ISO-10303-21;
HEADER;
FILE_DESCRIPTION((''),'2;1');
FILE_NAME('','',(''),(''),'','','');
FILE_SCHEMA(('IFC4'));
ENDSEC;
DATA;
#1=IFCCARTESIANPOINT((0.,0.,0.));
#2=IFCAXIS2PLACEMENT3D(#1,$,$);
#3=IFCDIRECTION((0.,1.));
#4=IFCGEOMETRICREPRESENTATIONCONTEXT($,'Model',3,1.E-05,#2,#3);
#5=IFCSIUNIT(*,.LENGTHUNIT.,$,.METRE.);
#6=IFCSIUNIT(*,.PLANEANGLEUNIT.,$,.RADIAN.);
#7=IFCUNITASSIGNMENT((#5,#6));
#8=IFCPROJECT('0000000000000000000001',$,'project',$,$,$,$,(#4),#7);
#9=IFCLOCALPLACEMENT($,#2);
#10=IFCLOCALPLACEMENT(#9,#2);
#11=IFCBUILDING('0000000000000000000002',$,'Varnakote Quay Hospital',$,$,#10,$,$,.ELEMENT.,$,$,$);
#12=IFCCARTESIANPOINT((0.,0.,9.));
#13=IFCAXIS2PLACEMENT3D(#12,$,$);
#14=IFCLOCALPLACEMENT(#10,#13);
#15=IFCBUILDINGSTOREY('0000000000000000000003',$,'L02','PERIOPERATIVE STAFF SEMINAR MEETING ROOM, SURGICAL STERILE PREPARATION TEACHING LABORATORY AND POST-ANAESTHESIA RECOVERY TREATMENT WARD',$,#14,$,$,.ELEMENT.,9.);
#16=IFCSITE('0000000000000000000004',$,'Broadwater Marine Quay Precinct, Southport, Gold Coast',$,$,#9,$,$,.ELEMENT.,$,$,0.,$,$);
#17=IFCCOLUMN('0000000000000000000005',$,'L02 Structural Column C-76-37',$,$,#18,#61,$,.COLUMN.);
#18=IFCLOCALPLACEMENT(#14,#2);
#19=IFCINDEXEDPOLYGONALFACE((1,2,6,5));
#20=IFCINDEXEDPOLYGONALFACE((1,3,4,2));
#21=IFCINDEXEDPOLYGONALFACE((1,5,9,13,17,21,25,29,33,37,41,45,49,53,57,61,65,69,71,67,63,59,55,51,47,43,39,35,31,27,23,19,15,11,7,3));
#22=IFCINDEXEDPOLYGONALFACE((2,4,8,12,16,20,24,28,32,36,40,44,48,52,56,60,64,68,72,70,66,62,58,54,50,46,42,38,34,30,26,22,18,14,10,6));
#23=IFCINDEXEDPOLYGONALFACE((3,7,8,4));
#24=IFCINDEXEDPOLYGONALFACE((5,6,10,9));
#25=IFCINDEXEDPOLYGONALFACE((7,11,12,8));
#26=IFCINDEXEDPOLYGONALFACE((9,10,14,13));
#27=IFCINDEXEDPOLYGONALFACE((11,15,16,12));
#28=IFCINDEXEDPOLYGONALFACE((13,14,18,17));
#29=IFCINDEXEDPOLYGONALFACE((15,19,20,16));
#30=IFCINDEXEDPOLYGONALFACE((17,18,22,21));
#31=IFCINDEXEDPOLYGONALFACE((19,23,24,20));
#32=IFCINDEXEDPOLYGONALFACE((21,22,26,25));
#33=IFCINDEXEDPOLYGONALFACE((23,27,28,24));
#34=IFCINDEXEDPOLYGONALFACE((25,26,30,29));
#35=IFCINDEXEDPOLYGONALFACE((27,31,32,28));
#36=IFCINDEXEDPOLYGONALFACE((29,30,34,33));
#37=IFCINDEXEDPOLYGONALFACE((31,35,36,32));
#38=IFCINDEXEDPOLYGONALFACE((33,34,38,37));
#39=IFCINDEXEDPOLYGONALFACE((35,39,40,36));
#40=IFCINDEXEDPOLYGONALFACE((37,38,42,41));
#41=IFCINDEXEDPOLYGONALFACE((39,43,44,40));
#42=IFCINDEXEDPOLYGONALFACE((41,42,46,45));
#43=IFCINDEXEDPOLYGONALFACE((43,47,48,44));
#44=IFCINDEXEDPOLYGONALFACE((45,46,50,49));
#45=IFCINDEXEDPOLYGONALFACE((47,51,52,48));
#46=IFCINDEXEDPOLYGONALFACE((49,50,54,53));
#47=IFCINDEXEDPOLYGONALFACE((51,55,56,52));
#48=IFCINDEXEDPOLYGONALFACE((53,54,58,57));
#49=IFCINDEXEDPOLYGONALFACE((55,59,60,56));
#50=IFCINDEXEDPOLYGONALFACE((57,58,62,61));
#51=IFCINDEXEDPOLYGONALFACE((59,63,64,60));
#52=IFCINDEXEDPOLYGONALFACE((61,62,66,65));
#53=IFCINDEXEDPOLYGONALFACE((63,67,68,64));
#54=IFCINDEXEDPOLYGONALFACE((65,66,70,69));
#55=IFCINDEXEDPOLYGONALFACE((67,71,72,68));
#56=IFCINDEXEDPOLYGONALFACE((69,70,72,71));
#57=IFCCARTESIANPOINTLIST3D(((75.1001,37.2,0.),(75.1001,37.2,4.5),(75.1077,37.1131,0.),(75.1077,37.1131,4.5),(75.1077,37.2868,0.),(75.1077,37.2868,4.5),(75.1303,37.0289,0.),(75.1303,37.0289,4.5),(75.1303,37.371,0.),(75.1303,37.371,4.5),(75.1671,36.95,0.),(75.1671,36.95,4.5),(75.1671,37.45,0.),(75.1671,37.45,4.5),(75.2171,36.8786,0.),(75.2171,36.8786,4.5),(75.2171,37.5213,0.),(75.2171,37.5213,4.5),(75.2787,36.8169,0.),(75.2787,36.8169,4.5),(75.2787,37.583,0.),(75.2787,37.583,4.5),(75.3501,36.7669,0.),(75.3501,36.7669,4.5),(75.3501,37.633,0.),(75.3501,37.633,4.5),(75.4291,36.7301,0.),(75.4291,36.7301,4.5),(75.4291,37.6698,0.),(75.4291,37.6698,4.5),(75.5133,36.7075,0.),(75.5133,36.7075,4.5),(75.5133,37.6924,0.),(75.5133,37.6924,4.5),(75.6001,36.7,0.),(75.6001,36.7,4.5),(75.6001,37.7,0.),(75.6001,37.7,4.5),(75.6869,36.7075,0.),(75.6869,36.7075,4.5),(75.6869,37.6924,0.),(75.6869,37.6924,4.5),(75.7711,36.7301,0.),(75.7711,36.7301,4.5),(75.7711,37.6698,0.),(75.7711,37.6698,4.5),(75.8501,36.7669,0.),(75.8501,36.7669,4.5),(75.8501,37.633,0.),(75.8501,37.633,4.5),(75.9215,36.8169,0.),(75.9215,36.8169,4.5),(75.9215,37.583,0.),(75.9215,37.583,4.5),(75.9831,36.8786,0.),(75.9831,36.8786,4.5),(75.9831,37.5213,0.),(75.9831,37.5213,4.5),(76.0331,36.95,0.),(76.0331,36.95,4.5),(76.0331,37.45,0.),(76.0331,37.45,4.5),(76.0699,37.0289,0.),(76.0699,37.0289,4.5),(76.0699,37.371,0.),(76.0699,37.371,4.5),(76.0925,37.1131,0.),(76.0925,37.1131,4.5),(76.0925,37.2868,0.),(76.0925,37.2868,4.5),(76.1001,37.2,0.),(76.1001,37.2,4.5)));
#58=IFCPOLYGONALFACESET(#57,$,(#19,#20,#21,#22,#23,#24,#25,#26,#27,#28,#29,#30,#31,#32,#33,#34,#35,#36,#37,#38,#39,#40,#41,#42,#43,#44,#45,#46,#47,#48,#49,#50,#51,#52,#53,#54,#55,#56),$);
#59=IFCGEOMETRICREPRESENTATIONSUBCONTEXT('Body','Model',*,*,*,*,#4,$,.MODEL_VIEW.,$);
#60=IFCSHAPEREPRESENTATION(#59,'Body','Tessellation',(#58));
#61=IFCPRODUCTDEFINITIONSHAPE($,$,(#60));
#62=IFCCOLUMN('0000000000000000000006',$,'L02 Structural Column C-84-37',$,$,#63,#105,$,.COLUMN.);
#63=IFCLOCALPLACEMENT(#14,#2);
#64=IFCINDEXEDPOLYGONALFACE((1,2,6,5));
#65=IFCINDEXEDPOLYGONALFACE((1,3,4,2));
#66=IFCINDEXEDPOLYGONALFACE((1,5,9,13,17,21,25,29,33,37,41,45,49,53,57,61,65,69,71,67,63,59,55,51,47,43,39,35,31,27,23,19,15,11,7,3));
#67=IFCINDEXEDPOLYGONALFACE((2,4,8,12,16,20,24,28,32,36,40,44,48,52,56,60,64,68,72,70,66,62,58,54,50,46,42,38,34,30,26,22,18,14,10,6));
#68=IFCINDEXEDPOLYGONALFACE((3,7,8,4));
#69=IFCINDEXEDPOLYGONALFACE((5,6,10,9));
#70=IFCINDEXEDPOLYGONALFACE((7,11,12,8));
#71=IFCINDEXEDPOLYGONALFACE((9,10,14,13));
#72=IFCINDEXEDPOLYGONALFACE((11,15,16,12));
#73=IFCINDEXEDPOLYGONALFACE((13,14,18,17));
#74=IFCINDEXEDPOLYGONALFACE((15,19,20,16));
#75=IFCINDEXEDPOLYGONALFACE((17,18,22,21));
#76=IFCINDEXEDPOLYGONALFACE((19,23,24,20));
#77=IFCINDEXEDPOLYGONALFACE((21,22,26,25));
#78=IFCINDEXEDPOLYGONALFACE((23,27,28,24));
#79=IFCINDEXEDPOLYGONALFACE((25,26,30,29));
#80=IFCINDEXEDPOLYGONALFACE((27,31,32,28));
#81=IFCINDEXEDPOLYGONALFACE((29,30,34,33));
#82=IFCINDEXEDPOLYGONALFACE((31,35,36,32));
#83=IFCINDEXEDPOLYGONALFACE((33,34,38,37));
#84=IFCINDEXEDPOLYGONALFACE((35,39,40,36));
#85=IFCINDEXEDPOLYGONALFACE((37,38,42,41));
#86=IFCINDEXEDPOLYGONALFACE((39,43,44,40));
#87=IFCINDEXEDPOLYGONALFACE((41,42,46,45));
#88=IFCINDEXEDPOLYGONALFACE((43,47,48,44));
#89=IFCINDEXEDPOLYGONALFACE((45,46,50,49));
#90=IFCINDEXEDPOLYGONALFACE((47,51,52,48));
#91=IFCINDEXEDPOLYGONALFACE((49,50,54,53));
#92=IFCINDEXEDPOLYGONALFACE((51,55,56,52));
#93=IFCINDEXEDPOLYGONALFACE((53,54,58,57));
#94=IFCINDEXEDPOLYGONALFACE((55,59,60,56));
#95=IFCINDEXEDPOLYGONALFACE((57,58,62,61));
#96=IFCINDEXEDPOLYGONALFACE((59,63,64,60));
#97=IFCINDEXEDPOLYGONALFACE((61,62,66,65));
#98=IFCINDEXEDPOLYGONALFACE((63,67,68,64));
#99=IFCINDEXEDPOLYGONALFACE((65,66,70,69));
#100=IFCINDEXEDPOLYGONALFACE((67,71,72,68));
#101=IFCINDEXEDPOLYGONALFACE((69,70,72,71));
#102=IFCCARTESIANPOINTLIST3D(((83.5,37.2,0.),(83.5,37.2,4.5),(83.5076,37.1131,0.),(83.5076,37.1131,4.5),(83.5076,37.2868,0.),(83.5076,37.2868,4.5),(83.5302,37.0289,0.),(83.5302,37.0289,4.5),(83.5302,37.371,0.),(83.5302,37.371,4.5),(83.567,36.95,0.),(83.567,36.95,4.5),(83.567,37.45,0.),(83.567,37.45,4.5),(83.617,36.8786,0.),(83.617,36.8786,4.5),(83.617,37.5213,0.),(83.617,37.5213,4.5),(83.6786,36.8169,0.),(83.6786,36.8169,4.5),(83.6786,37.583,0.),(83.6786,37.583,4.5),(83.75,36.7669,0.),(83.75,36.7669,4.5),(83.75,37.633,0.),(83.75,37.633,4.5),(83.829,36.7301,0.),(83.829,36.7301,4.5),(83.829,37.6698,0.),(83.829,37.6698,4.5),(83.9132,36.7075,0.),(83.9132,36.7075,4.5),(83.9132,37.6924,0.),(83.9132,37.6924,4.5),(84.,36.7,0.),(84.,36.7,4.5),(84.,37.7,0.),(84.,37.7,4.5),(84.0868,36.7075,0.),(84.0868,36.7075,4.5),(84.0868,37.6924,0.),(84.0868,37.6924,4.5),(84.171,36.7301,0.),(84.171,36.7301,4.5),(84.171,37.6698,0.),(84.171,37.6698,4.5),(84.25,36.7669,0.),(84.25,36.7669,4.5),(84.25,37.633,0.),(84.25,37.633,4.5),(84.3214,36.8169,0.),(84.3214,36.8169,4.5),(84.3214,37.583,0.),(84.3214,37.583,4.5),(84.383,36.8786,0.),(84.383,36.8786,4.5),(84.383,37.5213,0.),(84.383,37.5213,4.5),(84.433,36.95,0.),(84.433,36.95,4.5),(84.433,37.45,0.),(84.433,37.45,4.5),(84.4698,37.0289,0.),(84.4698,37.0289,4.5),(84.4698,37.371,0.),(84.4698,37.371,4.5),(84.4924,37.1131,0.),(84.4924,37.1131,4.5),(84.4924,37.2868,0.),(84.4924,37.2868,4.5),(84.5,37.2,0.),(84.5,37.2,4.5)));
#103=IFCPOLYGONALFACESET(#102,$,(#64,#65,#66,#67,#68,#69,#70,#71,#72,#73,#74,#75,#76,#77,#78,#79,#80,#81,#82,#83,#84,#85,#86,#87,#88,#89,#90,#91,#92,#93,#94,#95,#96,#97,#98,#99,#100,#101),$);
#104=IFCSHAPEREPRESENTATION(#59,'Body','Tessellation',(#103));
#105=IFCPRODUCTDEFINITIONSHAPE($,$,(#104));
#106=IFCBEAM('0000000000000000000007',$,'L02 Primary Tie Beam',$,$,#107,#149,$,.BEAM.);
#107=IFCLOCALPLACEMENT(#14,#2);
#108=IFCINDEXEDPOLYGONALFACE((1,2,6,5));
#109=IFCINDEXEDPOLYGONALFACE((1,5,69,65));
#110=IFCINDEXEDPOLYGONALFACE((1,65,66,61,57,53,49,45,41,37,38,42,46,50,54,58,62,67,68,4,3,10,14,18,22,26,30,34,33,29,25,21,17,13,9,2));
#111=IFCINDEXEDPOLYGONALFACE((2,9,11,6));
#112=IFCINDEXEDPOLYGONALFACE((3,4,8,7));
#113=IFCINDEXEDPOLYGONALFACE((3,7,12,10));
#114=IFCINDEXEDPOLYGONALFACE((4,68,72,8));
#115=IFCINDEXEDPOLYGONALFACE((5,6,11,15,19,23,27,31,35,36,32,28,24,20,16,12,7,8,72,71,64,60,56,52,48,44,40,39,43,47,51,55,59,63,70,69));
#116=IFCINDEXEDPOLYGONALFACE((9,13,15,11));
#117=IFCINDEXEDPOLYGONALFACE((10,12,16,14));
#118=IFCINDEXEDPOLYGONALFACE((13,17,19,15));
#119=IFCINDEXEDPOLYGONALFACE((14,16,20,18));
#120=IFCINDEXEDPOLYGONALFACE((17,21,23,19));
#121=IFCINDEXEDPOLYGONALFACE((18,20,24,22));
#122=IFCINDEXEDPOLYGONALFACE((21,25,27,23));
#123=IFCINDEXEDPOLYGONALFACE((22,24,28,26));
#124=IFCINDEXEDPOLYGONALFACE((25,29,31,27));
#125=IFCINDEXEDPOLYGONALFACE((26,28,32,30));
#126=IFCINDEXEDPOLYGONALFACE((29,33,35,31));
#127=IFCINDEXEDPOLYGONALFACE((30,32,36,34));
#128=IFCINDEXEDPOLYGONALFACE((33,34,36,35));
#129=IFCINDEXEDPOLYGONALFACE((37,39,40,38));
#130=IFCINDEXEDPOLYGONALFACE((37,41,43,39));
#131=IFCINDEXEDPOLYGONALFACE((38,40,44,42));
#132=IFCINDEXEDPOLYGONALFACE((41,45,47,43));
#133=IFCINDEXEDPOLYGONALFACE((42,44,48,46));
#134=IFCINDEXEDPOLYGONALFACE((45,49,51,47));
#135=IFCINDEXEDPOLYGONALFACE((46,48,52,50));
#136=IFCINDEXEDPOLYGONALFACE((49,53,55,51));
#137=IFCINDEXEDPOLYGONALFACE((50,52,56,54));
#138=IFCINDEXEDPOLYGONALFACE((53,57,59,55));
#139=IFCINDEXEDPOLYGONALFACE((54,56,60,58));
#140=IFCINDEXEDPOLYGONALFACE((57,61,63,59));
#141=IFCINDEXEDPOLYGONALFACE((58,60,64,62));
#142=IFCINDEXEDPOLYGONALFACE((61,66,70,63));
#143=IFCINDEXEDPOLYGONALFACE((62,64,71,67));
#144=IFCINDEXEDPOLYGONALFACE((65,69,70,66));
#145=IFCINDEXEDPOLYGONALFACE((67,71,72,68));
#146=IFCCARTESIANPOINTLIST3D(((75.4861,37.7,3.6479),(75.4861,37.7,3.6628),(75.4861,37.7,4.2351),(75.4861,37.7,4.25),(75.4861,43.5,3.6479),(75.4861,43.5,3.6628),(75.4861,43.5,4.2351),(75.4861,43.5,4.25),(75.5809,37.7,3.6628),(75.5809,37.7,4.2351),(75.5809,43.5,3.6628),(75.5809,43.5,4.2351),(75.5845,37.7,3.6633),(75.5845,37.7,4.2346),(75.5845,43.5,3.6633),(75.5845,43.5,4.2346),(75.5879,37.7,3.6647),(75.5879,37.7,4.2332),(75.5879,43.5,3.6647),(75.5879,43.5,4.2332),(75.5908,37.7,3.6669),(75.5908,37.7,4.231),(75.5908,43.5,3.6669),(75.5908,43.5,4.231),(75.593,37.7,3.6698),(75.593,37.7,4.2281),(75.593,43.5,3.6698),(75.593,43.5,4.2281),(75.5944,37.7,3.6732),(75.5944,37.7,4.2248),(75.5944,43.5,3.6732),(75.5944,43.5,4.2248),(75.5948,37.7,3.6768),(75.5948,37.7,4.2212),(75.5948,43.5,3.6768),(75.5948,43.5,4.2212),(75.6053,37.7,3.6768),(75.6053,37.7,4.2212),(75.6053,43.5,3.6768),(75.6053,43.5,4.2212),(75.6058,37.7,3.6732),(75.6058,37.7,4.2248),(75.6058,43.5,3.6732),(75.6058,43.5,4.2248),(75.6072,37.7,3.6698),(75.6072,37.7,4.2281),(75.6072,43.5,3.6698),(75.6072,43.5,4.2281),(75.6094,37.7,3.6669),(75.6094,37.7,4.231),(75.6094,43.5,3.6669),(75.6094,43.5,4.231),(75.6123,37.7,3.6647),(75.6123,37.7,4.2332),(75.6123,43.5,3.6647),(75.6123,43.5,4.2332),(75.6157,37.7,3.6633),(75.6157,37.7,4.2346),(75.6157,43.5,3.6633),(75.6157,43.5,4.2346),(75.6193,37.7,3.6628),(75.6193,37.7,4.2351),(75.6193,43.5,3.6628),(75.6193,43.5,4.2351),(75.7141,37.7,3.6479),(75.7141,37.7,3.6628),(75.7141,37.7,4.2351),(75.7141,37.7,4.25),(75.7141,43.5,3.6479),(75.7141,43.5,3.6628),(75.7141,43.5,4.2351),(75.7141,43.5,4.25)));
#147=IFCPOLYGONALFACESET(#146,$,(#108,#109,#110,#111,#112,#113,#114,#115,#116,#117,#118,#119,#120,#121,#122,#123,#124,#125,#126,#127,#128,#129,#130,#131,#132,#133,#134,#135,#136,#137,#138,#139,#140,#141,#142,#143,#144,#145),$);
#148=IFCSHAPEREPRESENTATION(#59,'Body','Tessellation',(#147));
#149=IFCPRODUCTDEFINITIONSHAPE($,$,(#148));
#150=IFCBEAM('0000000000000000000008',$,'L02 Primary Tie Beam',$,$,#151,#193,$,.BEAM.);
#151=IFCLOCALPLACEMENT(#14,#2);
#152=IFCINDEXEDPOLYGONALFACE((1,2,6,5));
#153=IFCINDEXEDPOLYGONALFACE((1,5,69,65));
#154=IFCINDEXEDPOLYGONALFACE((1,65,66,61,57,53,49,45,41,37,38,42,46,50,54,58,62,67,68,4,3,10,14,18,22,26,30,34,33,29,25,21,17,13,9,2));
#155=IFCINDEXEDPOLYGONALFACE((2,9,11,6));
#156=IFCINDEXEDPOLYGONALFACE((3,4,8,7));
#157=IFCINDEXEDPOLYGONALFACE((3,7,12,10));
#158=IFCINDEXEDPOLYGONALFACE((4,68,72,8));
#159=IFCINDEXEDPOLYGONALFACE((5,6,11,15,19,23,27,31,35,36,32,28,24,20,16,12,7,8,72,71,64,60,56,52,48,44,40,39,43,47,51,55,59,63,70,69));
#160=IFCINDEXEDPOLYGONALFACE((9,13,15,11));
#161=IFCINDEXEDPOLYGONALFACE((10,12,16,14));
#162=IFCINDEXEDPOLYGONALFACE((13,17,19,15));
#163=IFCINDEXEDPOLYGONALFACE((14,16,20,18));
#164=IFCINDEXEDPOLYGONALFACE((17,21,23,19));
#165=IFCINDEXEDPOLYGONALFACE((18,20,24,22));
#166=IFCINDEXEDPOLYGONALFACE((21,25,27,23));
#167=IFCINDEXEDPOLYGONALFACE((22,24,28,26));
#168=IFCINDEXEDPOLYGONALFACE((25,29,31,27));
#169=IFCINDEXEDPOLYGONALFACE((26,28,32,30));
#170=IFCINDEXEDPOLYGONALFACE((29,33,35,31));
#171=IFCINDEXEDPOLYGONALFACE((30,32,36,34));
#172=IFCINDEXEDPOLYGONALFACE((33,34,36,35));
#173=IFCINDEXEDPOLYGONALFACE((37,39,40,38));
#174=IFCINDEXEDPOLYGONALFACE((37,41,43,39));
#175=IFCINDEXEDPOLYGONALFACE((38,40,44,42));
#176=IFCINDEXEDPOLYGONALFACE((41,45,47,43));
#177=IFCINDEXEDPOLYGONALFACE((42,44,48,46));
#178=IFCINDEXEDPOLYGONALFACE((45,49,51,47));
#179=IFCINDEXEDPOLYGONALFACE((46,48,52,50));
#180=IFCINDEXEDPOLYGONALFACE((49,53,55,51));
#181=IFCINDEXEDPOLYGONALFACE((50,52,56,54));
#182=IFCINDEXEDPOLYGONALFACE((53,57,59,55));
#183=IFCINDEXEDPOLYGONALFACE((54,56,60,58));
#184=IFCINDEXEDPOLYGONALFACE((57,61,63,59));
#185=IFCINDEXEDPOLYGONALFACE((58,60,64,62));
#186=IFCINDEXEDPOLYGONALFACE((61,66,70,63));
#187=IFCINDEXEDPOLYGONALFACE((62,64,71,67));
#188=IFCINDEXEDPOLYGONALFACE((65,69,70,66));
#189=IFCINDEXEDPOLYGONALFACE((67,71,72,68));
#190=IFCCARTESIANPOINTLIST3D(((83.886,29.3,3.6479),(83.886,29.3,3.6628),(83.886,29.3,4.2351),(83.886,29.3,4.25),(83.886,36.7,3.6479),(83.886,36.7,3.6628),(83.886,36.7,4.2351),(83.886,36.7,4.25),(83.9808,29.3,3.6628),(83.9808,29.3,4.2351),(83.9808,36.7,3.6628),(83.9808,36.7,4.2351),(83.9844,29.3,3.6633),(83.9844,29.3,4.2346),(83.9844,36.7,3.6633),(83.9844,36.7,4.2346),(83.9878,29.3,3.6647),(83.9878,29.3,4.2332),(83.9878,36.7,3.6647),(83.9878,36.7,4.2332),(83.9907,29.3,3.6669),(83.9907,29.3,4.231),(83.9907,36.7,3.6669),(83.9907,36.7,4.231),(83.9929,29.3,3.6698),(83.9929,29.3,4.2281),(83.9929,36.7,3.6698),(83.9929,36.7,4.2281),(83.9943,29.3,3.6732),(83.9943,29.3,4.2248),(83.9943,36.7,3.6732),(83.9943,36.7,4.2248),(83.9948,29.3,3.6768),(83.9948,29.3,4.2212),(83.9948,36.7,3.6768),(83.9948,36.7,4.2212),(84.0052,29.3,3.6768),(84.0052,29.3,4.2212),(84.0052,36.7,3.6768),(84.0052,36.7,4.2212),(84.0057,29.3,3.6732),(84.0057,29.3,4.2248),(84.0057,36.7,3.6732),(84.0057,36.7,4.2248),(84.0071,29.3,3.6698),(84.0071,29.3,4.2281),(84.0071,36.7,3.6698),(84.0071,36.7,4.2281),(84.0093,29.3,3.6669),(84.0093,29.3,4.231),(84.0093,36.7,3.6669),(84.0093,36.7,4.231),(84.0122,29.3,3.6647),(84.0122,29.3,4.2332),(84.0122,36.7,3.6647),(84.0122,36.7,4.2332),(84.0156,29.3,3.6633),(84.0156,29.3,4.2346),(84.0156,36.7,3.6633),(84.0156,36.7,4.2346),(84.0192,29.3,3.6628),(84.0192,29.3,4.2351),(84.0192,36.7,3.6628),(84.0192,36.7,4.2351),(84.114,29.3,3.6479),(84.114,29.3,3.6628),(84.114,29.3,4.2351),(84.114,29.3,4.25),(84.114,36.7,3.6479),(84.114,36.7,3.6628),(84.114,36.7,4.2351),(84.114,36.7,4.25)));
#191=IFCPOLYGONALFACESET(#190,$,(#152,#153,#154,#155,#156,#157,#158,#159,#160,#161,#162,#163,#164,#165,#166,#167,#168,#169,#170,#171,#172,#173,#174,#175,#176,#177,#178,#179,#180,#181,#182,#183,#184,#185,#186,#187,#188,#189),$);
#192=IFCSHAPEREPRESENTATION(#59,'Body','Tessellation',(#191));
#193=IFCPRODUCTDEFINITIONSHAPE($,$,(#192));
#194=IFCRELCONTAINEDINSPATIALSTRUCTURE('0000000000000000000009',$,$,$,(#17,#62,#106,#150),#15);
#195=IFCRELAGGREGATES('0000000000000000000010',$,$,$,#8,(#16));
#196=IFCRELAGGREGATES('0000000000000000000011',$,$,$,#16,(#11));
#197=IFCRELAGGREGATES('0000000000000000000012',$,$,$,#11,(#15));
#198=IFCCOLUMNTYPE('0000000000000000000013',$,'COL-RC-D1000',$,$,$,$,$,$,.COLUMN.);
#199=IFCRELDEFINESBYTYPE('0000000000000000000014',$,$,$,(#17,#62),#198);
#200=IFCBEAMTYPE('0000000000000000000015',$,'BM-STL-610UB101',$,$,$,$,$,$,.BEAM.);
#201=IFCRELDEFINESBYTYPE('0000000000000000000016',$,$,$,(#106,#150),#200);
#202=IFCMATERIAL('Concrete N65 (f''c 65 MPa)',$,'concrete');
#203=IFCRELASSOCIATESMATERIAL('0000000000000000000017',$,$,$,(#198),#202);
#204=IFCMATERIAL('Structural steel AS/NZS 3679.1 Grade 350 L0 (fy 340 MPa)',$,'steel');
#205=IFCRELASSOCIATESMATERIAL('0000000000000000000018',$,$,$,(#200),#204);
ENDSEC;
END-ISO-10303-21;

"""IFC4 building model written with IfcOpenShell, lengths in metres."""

from ifc_helpers import new_model, si_unit, direction, frame, origin, origin_2d, place, context, subcontext, project, spatial, circle, i_section, extrude, material, material_profile, profile_set, type_object, element, save


model = new_model("IFC4")

# Units and contexts
model_context = context("Model", 3, precision=1e-05, world=origin(), true_north=direction((0.0, 1.0)))
body_context = subcontext(model_context, "Body", "Model", "MODEL_VIEW")
ifc_project = project(units=[si_unit("LENGTHUNIT", "METRE"), si_unit("PLANEANGLEUNIT", "RADIAN")], contexts=[model_context])

# Site, building, storey
site_placement = place(None, origin())
site = spatial("IfcSite", under=ifc_project, at=site_placement, Name="Broadwater Marine Quay Precinct, Southport, Gold Coast", CompositionType="ELEMENT", RefElevation=0.0)
building_placement = place(site_placement, origin())
building = spatial("IfcBuilding", under=site, at=building_placement, Name="Varnakote Quay Hospital", CompositionType="ELEMENT")
storey_placement = place(building_placement, frame((0.0, 0.0, 9.0)))
storey = spatial("IfcBuildingStorey", under=building, at=storey_placement, Name="L02", Description="PERIOPERATIVE STAFF SEMINAR MEETING ROOM, SURGICAL STERILE PREPARATION TEACHING LABORATORY AND POST-ANAESTHESIA RECOVERY TREATMENT WARD", CompositionType="ELEMENT", Elevation=9.0)

# Columns
ifc_material_1 = material(Name="Concrete N65 (f'c 65 MPa)", Category="concrete")
ifc_material_profile_1 = material_profile(ifc_material_1, circle(Radius=0.5, at=origin_2d()), Name="RC-COL-D1000")
ifc_profile_set_1 = profile_set([ifc_material_profile_1], Name="Concrete N65 (f'c 65 MPa)")
column_type = type_object("IfcColumnType", Name="COL-RC-D1000", PredefinedType="COLUMN", material=ifc_profile_set_1)
for number, where, z_axis, x_axis, name in (
    (1, (75.6001, 37.2, 0.0), (0.0, 0.0, 1.0), (1.0, 0.0, 0.0), "L02 Structural Column C-76-37"),
    (2, (84.0, 37.2, 0.0), (0.0, 0.0, 1.0), (1.0, 0.0, 0.0), "L02 Structural Column C-84-37"),
):
    element("IfcColumn", number, at=place(storey_placement, frame(where, z_axis=z_axis, x_axis=x_axis)), inside=storey, type_object=column_type, Name=name, PredefinedType="COLUMN", context=body_context, shape_type="SweptSolid", body=[
        extrude(circle(Radius=0.5, at=origin_2d()), origin(), (0.0, 0.0, 1.0), 4.5),
    ])

# Beams
ifc_material_2 = material(Name="Structural steel AS/NZS 3679.1 Grade 350 L0 (fy 340 MPa)", Category="steel")
ifc_material_profile_2 = material_profile(ifc_material_2, i_section(OverallWidth=0.228, OverallDepth=0.6021, WebThickness=0.0105, FlangeThickness=0.0149, FilletRadius=0.0139, at=origin_2d()), Name="610UB101")
ifc_profile_set_2 = profile_set([ifc_material_profile_2], Name="Structural steel AS/NZS 3679.1 Grade 350 L0 (fy 340 MPa)")
beam_type_1 = type_object("IfcBeamType", Name="BM-STL-610UB101", PredefinedType="BEAM", material=ifc_profile_set_2)
beam_1_placement = place(storey_placement, frame((75.6001, 37.7, 3.949), z_axis=(0.0, 1.0, 0.0), x_axis=(-1.0, 0.0, 0.0)))
element("IfcBeam", 3, at=beam_1_placement, inside=storey, type_object=beam_type_1, Name="L02 Primary Tie Beam", PredefinedType="BEAM", context=body_context, shape_type="SweptSolid", body=[
    extrude(i_section(OverallWidth=0.228, OverallDepth=0.6021, WebThickness=0.0105, FlangeThickness=0.0149, FilletRadius=0.0139, at=origin_2d()), origin(), (0.0, 0.0, 1.0), 5.8),
])
beam_2_placement = place(storey_placement, frame((84.0, 29.3, 3.949), z_axis=(0.0, 1.0, 0.0), x_axis=(-1.0, 0.0, 0.0)))
element("IfcBeam", 4, at=beam_2_placement, inside=storey, type_object=beam_type_1, Name="L02 Primary Tie Beam", PredefinedType="BEAM", context=body_context, shape_type="SweptSolid", body=[
    extrude(i_section(OverallWidth=0.228, OverallDepth=0.6021, WebThickness=0.0105, FlangeThickness=0.0149, FilletRadius=0.0139, at=origin_2d()), origin(), (0.0, 0.0, 1.0), 7.3999),
])

save(model, "model.ifc")
